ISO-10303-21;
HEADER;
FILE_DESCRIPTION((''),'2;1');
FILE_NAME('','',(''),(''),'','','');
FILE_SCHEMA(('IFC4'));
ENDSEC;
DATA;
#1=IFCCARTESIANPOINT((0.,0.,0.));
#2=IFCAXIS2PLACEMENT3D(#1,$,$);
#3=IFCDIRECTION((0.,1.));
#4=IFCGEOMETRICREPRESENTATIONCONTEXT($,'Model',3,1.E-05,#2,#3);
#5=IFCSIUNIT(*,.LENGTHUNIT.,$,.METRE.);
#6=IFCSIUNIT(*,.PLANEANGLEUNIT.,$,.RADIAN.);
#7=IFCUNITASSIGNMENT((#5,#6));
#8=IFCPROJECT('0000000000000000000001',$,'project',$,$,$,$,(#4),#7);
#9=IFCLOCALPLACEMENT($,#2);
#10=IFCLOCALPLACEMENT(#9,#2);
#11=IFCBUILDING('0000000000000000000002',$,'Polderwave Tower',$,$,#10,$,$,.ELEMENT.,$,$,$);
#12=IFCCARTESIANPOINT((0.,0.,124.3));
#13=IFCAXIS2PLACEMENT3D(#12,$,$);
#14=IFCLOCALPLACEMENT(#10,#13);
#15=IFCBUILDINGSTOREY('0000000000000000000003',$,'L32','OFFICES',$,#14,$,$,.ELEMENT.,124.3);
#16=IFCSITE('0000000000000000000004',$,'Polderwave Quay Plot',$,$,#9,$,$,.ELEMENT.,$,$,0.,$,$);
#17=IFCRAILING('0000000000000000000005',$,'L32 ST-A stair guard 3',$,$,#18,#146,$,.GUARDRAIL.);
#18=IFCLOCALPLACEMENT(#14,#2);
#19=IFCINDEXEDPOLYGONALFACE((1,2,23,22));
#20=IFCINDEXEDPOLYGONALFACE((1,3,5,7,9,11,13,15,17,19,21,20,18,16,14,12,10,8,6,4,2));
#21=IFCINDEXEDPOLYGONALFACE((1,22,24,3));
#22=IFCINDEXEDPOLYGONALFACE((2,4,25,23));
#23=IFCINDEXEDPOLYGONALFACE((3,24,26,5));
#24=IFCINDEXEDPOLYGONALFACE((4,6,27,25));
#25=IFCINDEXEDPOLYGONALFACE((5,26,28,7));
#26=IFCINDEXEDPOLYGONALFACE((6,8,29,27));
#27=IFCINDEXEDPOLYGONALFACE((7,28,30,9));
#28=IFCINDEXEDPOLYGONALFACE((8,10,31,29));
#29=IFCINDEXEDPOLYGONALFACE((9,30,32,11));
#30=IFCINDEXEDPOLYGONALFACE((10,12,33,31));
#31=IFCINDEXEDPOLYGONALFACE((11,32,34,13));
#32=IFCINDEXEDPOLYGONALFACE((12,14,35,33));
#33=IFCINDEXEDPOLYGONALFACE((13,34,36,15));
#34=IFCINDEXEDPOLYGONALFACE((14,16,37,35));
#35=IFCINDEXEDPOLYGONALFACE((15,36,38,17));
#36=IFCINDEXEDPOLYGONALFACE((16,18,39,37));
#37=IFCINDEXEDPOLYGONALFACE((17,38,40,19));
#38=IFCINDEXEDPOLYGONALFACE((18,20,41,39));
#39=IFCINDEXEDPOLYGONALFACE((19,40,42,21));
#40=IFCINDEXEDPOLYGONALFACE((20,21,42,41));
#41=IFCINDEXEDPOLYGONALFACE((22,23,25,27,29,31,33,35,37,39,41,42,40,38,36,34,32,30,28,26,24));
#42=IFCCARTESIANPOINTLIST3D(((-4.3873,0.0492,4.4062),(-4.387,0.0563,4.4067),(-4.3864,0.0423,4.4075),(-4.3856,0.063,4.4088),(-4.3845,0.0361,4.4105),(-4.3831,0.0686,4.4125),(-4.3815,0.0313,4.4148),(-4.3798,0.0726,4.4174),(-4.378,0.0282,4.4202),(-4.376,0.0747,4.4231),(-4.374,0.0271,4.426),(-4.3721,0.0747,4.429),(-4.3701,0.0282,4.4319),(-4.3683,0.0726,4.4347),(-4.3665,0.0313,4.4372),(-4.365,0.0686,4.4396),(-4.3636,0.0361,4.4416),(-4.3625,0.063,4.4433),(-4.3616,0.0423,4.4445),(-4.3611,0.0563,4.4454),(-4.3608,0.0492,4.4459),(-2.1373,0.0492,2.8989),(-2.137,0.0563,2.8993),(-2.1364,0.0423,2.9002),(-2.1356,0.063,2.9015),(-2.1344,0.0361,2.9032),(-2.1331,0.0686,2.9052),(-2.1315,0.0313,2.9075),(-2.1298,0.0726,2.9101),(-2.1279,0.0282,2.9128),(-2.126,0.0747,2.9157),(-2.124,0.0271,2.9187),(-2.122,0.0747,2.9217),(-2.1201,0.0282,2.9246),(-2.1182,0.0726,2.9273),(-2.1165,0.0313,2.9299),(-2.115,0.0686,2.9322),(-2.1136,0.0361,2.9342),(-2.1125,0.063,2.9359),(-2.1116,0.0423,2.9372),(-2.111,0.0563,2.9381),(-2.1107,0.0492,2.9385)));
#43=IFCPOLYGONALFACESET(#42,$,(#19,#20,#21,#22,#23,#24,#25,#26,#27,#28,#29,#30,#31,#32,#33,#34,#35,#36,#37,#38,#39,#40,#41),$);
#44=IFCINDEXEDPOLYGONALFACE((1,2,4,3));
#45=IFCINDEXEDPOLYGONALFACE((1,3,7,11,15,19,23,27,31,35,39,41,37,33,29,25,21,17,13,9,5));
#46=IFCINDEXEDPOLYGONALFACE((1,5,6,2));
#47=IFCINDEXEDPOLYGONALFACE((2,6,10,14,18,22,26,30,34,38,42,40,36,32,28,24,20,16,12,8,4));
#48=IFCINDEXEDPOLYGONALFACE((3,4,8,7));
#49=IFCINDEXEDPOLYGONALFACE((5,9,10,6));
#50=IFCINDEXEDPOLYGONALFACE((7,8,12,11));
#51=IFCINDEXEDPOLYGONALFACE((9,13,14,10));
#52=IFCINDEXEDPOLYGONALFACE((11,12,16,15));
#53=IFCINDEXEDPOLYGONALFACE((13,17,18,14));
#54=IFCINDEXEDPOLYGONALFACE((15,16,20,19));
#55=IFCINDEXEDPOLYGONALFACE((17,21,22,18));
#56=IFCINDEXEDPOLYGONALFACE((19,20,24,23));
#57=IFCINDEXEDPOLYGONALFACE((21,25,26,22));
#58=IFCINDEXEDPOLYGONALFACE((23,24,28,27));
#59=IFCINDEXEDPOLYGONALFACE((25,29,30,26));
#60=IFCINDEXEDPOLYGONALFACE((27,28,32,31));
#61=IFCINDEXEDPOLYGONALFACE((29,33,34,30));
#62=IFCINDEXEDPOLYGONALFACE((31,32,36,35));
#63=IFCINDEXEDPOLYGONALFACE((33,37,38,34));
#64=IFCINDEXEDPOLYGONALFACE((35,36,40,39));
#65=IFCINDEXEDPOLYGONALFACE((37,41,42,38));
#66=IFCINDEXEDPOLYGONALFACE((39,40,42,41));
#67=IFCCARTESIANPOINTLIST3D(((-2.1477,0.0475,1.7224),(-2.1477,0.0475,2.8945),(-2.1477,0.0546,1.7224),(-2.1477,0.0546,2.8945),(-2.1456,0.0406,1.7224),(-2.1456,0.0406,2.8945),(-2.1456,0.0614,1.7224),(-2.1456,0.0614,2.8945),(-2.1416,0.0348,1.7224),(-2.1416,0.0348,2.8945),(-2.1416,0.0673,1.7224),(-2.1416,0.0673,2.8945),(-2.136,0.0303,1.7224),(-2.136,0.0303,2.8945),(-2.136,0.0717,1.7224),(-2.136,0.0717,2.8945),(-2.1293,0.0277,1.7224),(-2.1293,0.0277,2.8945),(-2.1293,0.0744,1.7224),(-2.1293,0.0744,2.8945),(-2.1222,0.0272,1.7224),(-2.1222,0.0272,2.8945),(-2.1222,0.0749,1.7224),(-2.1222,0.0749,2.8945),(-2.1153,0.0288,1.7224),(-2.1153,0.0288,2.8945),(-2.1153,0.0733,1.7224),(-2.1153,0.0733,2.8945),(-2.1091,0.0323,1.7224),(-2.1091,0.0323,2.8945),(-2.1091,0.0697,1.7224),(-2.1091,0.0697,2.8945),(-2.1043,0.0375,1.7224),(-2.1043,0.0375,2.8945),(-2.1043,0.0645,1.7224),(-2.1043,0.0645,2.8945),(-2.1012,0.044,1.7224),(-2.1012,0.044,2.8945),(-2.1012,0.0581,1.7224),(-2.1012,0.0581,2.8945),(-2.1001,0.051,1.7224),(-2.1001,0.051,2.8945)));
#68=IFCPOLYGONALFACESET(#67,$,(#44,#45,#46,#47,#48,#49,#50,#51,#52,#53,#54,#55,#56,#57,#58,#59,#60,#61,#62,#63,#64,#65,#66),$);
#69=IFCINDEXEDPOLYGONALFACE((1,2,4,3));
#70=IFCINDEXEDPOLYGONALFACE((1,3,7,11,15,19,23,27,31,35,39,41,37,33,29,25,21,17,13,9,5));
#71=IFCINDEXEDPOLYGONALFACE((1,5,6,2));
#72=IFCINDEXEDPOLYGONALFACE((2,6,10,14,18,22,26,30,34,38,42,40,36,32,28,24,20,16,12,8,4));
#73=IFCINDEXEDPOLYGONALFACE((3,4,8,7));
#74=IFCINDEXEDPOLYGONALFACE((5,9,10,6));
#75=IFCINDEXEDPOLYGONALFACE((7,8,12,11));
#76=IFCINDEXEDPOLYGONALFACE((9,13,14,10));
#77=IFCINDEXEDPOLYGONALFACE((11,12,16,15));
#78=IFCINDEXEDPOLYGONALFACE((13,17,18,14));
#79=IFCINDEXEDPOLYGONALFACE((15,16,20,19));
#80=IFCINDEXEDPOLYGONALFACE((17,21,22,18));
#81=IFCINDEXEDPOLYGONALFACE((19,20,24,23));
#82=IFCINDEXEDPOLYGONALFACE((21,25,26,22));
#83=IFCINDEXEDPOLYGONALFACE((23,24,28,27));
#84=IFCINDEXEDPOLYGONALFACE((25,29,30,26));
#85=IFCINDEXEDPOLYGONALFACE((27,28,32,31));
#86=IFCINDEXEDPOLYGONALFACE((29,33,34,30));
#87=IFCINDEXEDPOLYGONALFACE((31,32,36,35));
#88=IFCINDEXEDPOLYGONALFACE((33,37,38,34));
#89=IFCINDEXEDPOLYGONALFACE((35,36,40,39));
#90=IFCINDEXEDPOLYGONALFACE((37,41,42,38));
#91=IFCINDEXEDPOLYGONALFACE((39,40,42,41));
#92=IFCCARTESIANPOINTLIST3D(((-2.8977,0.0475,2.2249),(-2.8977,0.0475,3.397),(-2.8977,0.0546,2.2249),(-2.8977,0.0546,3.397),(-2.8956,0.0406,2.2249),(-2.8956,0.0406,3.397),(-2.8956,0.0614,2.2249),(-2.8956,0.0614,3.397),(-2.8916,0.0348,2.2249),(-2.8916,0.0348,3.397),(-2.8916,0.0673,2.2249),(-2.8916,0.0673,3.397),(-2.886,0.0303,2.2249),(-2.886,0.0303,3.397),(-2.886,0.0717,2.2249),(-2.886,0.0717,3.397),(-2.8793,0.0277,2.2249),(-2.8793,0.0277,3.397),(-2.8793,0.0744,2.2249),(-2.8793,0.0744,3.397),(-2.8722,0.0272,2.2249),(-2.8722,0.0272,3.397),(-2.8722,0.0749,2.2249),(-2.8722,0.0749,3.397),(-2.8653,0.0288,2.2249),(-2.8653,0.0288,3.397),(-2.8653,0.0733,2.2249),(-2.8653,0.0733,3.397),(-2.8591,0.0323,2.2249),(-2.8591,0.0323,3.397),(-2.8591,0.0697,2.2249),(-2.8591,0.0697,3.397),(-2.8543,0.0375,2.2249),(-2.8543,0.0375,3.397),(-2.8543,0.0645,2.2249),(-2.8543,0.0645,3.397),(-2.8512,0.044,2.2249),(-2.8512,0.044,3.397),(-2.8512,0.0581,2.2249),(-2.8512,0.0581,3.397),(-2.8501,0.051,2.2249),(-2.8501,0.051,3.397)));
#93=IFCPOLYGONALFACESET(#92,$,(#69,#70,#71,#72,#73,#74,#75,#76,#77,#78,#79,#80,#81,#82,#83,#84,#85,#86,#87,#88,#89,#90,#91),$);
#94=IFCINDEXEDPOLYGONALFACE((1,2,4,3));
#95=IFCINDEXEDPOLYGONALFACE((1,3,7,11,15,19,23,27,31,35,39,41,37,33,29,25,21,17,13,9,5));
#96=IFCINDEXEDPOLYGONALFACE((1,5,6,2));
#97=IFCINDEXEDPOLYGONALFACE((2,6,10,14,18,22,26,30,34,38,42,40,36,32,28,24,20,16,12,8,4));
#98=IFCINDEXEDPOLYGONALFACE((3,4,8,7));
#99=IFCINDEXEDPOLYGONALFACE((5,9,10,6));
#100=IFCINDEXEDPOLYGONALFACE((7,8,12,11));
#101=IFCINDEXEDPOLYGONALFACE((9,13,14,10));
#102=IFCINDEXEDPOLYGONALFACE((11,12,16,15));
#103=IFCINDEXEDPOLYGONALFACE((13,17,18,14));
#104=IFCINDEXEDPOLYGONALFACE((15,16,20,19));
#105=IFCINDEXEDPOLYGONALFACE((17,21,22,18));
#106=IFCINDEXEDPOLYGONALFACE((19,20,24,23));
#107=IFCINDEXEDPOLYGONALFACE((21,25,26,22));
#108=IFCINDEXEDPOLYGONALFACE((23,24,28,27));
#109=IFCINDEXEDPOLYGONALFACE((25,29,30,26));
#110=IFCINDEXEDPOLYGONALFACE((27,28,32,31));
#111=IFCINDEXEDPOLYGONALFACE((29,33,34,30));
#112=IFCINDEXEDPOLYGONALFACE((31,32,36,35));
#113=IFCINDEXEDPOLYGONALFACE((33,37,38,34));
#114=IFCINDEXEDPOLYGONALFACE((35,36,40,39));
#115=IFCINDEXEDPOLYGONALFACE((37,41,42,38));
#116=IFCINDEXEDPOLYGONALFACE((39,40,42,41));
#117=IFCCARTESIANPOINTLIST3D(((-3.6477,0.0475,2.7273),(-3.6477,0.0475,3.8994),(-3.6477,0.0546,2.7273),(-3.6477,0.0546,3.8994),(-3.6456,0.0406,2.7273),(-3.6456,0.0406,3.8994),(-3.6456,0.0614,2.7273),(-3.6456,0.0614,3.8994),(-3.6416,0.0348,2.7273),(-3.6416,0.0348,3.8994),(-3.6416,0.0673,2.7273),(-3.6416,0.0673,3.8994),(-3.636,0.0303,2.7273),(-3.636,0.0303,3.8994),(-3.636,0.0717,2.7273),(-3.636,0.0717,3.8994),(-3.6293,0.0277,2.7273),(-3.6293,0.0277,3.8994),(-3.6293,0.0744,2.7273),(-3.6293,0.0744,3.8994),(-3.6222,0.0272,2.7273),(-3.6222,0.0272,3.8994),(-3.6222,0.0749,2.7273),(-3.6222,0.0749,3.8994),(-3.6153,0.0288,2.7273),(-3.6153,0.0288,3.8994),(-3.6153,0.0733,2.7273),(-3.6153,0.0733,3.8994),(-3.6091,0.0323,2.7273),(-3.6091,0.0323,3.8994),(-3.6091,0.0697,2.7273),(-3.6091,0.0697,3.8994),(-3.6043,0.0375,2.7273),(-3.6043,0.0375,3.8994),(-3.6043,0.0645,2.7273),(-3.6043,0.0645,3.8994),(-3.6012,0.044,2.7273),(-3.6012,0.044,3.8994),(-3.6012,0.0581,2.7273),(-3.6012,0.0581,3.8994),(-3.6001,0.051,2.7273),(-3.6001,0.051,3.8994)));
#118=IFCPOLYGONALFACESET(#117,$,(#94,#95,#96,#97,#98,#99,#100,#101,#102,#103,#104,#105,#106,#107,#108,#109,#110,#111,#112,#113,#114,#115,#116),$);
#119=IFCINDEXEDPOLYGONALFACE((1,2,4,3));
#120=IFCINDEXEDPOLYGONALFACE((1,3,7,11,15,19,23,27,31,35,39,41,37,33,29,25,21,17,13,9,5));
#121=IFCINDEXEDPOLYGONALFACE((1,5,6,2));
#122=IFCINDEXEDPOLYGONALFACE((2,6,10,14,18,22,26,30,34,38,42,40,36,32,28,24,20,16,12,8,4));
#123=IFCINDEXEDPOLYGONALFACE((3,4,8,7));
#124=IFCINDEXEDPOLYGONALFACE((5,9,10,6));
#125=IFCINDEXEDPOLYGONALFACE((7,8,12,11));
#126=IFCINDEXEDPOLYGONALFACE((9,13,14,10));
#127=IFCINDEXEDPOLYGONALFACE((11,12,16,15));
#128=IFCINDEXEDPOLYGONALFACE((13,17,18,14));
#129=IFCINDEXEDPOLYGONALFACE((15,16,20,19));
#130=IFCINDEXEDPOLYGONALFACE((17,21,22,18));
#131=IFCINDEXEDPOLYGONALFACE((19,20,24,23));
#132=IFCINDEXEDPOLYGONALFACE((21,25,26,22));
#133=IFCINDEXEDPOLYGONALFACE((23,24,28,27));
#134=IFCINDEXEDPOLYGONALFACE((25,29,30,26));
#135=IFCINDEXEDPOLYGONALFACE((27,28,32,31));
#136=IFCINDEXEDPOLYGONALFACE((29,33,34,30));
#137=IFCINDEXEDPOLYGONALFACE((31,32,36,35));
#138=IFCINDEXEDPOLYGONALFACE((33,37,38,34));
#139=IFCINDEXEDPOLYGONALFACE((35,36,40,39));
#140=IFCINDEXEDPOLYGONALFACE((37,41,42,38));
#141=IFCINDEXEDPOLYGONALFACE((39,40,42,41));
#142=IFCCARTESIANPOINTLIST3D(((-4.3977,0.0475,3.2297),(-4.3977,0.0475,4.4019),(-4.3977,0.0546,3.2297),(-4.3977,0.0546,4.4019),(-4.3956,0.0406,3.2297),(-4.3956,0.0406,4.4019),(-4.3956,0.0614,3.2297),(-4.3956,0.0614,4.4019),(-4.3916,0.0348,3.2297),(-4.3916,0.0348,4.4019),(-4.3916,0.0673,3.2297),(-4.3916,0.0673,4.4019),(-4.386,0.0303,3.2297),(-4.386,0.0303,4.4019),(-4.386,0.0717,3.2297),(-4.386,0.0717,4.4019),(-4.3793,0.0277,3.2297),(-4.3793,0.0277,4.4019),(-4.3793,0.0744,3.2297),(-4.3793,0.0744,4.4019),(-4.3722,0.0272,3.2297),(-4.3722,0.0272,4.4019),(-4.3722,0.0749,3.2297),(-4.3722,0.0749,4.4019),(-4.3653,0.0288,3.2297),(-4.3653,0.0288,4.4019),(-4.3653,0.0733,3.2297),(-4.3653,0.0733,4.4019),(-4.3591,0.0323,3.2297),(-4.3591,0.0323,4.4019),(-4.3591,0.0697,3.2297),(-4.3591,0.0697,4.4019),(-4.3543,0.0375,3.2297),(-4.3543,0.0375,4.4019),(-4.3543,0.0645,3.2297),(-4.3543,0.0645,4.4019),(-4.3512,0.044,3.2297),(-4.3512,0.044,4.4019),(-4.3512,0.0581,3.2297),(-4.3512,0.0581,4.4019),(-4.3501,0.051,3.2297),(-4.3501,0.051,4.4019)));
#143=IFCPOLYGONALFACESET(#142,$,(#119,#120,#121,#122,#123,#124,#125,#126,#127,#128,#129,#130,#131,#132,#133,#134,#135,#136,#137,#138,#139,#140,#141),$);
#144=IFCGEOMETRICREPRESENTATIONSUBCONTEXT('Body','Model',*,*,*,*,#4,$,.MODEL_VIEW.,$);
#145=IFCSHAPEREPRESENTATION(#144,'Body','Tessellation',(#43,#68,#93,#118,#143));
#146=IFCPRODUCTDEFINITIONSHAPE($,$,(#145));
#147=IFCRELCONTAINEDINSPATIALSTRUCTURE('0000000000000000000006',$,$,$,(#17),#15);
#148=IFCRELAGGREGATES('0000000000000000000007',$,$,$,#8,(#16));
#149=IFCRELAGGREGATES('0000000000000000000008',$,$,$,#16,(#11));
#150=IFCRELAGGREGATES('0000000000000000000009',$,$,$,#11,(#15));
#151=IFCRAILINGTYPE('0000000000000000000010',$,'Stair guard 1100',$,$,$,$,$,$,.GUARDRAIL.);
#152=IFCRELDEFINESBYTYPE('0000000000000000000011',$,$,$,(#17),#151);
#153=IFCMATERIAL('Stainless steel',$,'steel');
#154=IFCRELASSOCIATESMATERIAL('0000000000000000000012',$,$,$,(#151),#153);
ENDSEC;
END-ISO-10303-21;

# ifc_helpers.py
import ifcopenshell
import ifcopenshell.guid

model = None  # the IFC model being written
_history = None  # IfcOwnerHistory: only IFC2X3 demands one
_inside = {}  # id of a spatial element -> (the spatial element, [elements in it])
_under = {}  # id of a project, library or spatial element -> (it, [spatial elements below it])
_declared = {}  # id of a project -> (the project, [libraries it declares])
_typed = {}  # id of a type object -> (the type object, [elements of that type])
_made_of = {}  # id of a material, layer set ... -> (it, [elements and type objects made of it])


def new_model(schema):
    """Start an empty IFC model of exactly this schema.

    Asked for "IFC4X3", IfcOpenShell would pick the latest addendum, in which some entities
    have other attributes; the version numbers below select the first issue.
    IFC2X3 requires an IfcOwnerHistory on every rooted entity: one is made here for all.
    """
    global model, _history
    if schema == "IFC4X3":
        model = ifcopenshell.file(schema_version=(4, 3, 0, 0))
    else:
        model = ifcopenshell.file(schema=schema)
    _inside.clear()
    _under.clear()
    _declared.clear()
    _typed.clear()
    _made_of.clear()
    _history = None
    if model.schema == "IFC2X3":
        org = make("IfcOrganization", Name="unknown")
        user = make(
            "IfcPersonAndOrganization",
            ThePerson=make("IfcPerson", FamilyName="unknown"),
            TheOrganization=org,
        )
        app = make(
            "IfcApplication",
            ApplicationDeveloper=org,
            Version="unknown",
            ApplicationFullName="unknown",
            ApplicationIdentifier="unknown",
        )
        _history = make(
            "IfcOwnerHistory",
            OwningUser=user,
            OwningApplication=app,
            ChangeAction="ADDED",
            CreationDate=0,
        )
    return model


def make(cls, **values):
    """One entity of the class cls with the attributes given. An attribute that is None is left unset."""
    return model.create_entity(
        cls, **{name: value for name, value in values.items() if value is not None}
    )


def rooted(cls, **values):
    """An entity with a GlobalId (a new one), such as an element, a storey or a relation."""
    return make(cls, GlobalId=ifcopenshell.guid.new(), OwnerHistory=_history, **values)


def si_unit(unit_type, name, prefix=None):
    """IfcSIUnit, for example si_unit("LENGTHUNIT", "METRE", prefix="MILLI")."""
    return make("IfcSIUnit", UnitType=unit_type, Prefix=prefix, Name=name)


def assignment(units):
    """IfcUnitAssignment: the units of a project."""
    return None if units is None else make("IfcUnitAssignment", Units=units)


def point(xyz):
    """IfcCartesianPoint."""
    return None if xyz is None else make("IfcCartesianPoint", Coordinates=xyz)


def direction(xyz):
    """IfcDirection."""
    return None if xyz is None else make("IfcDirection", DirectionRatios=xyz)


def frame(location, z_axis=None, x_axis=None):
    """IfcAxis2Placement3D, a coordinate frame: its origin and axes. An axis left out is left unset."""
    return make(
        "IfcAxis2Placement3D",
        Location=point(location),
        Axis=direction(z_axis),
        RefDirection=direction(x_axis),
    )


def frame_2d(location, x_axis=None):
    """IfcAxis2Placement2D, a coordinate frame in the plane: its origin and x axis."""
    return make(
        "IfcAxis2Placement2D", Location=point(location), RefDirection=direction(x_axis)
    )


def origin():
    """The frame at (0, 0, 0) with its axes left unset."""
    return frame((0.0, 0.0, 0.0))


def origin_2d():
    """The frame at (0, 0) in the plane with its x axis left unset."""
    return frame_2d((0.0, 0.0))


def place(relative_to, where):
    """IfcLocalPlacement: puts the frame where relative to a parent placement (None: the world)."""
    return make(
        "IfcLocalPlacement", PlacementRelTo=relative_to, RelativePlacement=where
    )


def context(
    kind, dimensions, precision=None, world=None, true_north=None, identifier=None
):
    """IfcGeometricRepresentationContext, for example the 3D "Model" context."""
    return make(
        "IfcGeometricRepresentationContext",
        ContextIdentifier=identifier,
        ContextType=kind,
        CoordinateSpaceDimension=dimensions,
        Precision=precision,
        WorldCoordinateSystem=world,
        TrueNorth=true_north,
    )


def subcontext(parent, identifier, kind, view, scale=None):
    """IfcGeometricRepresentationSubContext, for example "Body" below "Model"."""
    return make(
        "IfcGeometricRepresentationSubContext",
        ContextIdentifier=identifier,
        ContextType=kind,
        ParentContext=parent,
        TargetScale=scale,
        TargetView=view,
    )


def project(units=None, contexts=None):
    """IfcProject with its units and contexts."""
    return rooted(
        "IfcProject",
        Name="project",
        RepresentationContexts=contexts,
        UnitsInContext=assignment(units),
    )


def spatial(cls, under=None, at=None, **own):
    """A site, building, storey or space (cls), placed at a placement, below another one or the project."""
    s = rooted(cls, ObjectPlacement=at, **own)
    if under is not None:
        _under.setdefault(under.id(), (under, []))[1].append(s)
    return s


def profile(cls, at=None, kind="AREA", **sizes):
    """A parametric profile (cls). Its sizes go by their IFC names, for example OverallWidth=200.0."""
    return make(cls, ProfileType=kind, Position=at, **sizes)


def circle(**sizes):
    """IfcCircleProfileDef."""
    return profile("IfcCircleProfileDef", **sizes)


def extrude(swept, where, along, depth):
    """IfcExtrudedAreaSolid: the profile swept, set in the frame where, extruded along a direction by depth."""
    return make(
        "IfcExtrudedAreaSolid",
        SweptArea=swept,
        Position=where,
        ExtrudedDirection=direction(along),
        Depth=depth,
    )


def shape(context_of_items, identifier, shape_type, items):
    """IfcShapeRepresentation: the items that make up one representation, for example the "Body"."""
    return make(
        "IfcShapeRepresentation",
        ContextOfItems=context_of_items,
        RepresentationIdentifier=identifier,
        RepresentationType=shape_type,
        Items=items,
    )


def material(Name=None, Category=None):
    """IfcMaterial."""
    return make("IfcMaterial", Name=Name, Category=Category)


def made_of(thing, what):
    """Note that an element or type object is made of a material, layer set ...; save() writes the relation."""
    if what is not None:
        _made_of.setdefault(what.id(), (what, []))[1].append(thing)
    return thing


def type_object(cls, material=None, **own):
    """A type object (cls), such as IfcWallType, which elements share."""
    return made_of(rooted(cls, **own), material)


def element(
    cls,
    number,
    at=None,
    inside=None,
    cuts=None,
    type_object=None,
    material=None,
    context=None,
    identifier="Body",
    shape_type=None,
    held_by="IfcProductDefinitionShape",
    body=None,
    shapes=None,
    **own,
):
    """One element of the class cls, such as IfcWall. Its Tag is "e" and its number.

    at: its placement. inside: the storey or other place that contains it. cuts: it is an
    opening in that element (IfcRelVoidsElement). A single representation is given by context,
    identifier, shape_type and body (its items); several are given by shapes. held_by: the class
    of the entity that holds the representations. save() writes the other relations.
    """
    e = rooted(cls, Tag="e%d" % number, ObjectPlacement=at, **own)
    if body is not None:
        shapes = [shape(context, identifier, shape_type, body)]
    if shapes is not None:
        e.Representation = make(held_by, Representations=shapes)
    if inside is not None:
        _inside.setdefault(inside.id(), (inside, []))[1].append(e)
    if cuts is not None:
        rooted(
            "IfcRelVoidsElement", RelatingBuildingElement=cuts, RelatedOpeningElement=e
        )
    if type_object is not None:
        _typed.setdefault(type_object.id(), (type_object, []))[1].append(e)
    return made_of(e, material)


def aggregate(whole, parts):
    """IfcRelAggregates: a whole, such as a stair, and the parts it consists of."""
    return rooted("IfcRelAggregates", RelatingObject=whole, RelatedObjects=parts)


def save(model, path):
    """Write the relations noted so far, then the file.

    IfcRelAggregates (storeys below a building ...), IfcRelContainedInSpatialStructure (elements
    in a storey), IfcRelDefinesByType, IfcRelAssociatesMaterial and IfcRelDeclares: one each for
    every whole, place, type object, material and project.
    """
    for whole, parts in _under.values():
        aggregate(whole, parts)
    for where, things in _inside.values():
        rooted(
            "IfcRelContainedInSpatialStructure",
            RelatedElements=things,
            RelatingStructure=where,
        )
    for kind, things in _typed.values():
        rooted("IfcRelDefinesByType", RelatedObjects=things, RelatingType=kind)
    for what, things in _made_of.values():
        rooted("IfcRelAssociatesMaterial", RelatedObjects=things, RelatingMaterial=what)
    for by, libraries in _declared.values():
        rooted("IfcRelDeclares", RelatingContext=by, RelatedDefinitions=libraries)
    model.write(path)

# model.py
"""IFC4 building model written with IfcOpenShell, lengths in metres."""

from ifc_helpers import new_model, si_unit, direction, frame, origin, origin_2d, place, context, subcontext, project, spatial, circle, extrude, material, type_object, element, save


model = new_model("IFC4")

# Units and contexts
model_context = context("Model", 3, precision=1e-05, world=origin(), true_north=direction((0.0, 1.0)))
body_context = subcontext(model_context, "Body", "Model", "MODEL_VIEW")
ifc_project = project(units=[si_unit("LENGTHUNIT", "METRE"), si_unit("PLANEANGLEUNIT", "RADIAN")], contexts=[model_context])

# Site, building, storey
site_placement = place(None, origin())
site = spatial("IfcSite", under=ifc_project, at=site_placement, Name="Polderwave Quay Plot", CompositionType="ELEMENT", RefElevation=0.0)
building_placement = place(site_placement, origin())
building = spatial("IfcBuilding", under=site, at=building_placement, Name="Polderwave Tower", CompositionType="ELEMENT")
storey_placement = place(building_placement, frame((0.0, 0.0, 124.3)))
storey = spatial("IfcBuildingStorey", under=building, at=storey_placement, Name="L32", Description="OFFICES", CompositionType="ELEMENT", Elevation=124.3)

# Shared definitions
ifc_material_1 = material(Name="Stainless steel", Category="steel")

# Railing
railing_type_1 = type_object("IfcRailingType", Name="Stair guard 1100", PredefinedType="GUARDRAIL", material=ifc_material_1)
railing_1_placement = place(storey_placement, frame((-2.124, 0.051, 1.7224)))
element("IfcRailing", 1, at=railing_1_placement, inside=storey, type_object=railing_type_1, Name="L32 ST-A stair guard 3", PredefinedType="GUARDRAIL", context=body_context, shape_type="SweptSolid", body=[
    extrude(circle(Radius=0.0239, at=origin_2d()), frame((0.0, 0.0, 1.1963), z_axis=(-0.8308, 0.0, 0.556571), x_axis=(0.0, -1.0, 0.0)), (0.0, 0.0, 1.0), 2.7083),
    extrude(circle(Radius=0.0239, at=origin_2d()), origin(), (0.0, 0.0, 1.0), 1.1721),
    extrude(circle(Radius=0.0239, at=origin_2d()), frame((-0.75, 0.0, 0.5024)), (0.0, 0.0, 1.0), 1.1721),
    extrude(circle(Radius=0.0239, at=origin_2d()), frame((-1.5, 0.0, 1.0049)), (0.0, 0.0, 1.0), 1.1721),
    extrude(circle(Radius=0.0239, at=origin_2d()), frame((-2.25, 0.0, 1.5073)), (0.0, 0.0, 1.0), 1.1721),
])

save(model, "model.ifc")
